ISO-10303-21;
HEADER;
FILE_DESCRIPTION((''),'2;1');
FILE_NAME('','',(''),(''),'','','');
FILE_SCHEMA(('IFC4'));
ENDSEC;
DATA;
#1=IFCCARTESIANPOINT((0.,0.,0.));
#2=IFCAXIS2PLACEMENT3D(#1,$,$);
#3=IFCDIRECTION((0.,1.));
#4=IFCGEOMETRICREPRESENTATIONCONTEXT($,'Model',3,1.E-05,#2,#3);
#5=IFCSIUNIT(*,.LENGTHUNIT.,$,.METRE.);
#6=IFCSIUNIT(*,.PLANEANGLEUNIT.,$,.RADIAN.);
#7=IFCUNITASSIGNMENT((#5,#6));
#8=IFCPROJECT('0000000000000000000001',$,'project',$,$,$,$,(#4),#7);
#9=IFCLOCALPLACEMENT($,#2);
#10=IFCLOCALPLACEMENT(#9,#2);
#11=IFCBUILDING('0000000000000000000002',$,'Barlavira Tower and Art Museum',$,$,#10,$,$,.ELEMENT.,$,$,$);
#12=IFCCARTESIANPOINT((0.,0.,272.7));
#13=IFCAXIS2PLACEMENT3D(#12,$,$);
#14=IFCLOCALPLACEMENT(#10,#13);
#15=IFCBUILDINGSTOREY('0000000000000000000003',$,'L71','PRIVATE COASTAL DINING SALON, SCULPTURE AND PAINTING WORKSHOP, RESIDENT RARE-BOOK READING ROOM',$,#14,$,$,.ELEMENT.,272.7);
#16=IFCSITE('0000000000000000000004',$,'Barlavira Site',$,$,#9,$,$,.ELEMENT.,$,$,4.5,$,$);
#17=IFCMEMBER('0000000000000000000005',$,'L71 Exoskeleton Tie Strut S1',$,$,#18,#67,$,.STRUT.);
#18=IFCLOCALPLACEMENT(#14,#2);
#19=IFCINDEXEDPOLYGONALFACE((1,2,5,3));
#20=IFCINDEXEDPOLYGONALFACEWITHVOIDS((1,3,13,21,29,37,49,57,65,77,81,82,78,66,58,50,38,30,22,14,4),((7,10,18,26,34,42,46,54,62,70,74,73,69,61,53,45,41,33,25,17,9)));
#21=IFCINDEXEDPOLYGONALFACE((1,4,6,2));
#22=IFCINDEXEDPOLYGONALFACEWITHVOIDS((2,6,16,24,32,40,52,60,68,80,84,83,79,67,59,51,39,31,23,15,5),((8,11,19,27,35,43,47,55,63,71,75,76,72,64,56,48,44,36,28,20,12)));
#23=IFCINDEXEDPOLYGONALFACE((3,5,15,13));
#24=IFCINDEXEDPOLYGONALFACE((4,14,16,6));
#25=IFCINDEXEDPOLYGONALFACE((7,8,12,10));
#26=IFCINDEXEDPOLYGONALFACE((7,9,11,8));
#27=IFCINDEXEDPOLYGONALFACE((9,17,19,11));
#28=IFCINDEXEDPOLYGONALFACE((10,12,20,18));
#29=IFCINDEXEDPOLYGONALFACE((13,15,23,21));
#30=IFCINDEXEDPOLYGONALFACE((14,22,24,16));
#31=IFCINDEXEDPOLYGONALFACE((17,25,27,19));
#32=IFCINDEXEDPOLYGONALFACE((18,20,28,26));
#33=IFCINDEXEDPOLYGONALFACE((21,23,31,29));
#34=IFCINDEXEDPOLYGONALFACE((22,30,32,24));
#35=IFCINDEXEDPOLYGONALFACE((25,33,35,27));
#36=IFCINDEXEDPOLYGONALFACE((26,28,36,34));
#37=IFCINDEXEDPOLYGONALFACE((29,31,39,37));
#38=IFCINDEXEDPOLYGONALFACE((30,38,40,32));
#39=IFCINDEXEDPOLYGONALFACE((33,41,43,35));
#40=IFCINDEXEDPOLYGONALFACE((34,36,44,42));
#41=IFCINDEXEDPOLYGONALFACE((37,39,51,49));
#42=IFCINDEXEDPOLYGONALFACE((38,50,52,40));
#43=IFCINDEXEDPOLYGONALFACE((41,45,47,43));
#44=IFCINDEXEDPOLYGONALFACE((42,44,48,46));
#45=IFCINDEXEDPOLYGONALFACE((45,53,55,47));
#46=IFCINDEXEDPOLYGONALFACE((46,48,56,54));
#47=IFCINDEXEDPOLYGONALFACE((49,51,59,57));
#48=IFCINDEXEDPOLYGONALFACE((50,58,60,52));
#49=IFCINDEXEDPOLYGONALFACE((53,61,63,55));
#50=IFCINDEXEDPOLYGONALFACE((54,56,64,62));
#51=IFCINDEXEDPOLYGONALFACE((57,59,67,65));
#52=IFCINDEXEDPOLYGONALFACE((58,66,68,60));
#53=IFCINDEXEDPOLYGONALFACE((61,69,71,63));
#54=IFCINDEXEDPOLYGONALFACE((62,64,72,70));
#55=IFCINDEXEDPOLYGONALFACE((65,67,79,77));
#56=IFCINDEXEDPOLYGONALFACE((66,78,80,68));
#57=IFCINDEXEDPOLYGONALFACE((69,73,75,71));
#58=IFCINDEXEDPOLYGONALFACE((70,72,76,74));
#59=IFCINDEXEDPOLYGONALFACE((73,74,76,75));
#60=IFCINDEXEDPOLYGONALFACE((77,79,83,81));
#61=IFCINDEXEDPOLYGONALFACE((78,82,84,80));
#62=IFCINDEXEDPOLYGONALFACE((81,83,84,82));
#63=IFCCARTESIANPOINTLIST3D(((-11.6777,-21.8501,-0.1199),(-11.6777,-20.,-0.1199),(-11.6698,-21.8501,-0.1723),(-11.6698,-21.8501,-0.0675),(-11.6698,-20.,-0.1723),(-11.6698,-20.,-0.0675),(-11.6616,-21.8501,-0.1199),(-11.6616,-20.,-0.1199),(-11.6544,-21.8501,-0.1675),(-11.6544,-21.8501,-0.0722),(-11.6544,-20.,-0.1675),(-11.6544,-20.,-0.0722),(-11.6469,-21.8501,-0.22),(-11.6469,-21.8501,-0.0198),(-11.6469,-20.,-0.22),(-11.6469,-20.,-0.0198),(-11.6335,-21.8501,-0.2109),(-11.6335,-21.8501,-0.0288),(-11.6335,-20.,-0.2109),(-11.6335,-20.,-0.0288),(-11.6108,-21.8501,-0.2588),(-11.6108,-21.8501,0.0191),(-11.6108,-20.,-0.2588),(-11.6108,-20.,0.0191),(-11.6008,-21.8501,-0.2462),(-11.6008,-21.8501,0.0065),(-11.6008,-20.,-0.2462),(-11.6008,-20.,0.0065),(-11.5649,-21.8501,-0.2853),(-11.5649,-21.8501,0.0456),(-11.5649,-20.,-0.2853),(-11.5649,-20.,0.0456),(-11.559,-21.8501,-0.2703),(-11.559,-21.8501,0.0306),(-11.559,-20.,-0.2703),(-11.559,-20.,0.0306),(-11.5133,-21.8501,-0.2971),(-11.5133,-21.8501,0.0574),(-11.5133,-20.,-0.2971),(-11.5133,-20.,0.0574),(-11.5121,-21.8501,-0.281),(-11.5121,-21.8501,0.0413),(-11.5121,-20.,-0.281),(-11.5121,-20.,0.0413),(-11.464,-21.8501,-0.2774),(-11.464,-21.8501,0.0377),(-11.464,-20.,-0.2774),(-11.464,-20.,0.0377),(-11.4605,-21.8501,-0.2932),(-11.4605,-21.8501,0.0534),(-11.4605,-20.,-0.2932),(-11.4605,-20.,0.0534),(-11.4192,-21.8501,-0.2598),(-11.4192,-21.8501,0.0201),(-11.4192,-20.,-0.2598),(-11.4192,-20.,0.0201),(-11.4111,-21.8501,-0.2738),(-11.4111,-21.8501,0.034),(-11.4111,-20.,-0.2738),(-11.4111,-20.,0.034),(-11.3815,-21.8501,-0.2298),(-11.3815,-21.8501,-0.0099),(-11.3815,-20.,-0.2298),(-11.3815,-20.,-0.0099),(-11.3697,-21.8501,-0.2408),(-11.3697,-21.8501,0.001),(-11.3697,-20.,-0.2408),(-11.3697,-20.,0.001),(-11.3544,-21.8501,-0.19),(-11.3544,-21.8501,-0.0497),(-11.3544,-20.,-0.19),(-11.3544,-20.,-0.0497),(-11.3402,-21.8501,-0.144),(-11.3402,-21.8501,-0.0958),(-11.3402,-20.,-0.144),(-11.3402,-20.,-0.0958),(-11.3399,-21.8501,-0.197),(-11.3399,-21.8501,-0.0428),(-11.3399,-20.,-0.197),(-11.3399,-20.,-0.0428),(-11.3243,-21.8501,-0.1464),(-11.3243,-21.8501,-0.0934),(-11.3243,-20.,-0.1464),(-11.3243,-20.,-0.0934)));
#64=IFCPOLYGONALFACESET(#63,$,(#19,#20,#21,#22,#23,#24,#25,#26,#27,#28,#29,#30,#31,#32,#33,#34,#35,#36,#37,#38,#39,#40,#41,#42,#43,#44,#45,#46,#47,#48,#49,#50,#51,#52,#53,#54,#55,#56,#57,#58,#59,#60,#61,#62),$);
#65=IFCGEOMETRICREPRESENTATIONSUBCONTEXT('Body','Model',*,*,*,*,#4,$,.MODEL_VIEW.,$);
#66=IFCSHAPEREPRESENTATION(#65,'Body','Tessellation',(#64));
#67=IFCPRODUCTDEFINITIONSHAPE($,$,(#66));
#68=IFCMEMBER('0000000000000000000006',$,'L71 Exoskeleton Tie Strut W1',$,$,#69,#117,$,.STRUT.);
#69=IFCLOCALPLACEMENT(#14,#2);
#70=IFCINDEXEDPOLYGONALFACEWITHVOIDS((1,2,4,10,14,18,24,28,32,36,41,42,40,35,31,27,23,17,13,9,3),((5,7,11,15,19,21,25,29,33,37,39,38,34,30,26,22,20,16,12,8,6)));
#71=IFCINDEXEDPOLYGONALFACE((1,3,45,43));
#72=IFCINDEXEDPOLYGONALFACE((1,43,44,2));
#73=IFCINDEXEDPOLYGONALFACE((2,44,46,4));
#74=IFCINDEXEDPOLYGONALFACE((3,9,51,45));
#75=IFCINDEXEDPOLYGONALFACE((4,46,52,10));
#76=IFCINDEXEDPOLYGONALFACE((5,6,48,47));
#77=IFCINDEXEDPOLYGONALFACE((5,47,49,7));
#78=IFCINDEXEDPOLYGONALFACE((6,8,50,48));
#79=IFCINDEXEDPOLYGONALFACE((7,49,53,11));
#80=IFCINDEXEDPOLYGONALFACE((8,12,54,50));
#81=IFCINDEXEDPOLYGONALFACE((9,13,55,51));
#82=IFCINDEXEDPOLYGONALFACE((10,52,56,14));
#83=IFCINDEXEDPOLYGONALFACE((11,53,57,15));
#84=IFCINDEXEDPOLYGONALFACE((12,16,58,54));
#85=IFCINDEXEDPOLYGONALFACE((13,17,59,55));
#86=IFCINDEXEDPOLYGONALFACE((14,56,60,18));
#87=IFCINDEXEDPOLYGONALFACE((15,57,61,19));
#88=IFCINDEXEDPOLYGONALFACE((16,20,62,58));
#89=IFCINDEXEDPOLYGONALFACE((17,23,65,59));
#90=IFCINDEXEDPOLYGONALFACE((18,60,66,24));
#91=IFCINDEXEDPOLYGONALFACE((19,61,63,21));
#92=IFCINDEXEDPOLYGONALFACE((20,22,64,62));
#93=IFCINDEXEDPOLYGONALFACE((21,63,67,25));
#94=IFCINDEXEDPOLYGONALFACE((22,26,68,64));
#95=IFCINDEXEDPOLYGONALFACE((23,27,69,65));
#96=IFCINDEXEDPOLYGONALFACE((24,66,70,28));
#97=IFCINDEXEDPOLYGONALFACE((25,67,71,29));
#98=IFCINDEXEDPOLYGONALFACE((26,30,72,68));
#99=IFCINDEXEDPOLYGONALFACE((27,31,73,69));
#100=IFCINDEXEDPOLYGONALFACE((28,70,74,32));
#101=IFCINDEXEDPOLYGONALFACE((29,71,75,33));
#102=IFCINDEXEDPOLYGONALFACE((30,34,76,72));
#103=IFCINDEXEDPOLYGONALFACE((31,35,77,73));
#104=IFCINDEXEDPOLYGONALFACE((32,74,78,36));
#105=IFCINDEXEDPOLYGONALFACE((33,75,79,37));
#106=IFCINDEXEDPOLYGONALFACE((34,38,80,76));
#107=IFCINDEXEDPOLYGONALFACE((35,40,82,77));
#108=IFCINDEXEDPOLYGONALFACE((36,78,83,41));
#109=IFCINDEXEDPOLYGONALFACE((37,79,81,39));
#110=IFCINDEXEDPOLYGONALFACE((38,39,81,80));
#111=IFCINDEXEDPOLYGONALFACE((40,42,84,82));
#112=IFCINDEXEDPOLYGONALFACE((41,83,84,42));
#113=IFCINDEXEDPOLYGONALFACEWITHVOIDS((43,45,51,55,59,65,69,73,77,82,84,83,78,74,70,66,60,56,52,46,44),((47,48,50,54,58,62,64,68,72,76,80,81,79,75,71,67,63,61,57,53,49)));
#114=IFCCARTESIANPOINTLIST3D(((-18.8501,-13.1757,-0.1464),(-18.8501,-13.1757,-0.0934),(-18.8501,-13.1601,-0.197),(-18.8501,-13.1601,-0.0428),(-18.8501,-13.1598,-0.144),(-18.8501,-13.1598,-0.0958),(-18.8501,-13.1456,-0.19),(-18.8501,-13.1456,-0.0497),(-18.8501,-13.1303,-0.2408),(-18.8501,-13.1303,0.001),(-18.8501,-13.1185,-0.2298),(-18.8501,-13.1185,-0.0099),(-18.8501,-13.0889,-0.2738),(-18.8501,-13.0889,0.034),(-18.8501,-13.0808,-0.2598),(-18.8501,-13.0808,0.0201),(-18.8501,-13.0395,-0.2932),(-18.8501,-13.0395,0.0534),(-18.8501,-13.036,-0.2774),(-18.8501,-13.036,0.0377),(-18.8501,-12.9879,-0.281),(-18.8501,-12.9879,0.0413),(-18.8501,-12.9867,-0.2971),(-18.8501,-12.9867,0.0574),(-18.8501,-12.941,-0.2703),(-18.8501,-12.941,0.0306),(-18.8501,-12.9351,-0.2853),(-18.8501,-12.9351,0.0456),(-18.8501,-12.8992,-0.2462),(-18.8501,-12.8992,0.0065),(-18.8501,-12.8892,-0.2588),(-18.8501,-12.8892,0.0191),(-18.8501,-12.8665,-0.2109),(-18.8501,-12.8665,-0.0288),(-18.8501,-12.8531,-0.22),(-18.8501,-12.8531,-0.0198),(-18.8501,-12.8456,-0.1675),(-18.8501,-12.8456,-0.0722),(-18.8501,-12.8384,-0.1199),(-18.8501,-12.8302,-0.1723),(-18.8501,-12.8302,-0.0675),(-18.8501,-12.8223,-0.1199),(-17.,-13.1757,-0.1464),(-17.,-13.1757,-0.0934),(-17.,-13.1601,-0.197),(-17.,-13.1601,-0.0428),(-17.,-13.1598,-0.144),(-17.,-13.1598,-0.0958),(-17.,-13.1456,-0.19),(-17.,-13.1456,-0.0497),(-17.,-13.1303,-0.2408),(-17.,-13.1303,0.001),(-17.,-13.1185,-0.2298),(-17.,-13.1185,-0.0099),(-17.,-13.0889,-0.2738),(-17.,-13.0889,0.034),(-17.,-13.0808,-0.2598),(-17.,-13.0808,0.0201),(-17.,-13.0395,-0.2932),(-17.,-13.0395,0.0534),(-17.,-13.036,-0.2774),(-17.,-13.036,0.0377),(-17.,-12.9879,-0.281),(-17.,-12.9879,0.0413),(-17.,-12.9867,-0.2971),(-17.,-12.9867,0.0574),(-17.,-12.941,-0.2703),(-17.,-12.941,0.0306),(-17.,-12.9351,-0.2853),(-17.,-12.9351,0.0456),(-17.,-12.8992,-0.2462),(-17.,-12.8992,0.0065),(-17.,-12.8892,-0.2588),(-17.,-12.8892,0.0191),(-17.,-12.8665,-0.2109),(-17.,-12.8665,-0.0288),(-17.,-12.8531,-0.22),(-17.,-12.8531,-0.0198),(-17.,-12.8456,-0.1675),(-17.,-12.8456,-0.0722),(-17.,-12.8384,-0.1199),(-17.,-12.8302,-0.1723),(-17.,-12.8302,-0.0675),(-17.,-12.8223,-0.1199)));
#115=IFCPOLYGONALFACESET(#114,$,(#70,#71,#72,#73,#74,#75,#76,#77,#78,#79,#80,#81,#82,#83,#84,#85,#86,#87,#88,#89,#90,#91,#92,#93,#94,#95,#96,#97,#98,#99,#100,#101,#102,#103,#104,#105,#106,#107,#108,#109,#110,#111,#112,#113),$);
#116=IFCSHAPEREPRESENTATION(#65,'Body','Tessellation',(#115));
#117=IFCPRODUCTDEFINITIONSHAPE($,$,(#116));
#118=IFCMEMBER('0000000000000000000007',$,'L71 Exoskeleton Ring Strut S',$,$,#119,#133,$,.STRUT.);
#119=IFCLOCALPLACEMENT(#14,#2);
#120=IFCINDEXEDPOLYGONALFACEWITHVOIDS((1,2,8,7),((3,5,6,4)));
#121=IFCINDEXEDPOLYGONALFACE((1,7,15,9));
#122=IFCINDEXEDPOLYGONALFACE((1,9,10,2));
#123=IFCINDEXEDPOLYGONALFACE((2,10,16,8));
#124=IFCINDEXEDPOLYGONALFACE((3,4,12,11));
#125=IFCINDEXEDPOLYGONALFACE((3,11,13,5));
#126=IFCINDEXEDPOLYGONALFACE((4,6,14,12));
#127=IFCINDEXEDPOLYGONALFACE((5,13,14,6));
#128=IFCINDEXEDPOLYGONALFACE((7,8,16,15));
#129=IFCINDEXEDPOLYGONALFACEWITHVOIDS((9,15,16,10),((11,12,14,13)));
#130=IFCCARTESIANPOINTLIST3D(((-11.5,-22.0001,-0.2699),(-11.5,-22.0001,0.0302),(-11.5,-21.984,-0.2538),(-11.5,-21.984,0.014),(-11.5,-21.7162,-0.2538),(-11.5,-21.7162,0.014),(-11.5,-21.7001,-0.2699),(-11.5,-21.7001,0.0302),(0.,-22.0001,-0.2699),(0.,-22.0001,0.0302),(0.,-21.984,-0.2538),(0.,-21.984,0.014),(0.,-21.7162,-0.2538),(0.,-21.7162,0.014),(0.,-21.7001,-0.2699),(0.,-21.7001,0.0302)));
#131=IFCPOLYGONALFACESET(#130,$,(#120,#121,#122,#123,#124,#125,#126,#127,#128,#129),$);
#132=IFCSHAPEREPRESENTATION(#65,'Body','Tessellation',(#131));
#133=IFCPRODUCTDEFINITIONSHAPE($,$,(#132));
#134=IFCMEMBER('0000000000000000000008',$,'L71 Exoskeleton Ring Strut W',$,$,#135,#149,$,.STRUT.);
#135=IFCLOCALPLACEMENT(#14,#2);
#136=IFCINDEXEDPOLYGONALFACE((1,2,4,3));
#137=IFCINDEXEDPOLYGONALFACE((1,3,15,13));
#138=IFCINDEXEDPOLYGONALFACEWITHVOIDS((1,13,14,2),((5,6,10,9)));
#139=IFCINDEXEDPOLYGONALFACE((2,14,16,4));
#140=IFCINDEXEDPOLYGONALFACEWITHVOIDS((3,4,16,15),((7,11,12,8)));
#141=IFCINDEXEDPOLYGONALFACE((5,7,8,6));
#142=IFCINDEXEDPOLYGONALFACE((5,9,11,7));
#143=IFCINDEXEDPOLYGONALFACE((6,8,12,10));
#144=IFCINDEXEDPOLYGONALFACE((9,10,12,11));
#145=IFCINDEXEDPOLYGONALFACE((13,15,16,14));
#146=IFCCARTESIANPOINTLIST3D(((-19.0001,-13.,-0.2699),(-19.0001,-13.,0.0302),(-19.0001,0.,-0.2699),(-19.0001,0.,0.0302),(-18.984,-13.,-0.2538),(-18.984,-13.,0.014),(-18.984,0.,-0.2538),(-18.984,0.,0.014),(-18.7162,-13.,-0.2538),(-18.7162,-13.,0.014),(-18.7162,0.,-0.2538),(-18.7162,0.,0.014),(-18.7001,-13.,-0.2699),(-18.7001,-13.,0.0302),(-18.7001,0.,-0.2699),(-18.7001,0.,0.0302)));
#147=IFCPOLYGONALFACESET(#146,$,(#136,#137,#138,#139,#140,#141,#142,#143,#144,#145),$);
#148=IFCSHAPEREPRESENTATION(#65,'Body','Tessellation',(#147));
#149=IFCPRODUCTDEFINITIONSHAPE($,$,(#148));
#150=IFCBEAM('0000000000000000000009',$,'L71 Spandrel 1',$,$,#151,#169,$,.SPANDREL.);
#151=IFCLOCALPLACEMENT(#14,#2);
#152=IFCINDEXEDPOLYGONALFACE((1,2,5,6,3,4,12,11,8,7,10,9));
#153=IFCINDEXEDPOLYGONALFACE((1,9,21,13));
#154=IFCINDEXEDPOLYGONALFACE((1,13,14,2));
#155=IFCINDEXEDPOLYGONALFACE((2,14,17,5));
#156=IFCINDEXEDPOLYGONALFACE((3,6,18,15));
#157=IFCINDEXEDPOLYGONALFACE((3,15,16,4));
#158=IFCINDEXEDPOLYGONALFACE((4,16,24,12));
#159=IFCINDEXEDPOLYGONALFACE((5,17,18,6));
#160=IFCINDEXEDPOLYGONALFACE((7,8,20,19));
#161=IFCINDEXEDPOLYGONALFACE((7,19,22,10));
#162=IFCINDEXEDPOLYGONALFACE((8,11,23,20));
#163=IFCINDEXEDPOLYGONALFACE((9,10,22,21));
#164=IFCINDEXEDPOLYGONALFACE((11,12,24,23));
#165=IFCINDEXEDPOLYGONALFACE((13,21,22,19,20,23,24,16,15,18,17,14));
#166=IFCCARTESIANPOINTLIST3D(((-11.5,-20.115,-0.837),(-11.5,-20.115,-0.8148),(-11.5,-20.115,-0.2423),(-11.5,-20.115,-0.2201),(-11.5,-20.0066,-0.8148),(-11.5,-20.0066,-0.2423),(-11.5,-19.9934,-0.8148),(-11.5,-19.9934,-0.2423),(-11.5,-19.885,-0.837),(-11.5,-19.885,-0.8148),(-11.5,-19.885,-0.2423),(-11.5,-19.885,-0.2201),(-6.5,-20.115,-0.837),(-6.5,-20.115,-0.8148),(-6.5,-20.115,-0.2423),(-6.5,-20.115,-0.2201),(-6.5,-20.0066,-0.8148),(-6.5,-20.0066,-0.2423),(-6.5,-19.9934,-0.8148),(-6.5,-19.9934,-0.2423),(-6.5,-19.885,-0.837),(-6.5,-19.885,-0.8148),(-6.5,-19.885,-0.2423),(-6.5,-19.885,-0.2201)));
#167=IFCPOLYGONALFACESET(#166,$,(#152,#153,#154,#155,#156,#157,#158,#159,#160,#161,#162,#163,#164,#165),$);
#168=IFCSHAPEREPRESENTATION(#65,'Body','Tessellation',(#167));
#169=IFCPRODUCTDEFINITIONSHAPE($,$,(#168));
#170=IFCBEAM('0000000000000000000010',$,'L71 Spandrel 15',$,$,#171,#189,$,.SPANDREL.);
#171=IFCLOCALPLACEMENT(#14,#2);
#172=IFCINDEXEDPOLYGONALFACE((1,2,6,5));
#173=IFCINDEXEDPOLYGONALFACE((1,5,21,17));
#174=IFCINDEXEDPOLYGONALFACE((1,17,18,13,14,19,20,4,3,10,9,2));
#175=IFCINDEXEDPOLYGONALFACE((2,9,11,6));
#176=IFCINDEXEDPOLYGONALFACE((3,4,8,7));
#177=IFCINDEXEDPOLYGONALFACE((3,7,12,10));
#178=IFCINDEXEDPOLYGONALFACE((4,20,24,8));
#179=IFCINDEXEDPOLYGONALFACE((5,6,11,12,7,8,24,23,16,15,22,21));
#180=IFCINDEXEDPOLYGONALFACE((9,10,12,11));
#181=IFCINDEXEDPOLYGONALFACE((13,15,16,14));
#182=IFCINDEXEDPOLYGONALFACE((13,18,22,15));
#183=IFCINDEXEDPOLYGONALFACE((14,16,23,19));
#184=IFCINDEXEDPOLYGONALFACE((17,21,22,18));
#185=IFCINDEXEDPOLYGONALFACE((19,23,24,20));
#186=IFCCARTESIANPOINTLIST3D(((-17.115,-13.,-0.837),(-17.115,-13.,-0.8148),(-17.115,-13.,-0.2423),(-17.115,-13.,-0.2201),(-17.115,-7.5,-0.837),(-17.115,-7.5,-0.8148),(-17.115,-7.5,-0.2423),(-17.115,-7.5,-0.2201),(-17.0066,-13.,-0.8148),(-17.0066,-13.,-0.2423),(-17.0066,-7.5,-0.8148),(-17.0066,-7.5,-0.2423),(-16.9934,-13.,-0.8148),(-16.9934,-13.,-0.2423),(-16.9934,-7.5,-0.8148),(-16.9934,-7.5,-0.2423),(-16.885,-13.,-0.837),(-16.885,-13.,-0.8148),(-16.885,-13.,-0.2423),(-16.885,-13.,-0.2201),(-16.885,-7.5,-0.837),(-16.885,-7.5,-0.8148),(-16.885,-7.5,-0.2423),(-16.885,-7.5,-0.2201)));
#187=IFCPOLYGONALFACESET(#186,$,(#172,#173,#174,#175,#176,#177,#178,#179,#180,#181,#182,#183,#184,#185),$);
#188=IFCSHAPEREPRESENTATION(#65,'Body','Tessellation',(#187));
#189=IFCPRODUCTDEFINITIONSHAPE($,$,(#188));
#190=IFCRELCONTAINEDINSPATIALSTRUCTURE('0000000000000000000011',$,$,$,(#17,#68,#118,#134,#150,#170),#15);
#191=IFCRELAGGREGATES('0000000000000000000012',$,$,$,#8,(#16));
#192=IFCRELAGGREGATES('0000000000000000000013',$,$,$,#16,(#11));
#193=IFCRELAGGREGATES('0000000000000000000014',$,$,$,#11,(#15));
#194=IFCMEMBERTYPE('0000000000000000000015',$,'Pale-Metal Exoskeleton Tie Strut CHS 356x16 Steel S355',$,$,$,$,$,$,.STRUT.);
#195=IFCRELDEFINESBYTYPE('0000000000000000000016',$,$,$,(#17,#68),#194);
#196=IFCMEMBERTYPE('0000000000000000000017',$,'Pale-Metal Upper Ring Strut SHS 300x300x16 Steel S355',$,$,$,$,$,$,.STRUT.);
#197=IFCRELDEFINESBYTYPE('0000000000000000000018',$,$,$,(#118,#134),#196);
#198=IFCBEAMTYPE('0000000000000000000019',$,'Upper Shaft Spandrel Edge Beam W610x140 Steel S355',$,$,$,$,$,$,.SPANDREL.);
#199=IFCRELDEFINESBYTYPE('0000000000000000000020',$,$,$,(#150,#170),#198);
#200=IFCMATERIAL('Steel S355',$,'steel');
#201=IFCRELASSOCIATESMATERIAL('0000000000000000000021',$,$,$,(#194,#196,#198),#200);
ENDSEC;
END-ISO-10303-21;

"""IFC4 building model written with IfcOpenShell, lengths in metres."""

from ifc_helpers import new_model, si_unit, direction, frame, origin, origin_2d, place, context, subcontext, project, spatial, hollow_rectangle, hollow_circle, i_section, extrude, material, material_profile, profile_set, type_object, element, save


model = new_model("IFC4")

# Units and contexts
model_context = context("Model", 3, precision=1e-05, world=origin(), true_north=direction((0.0, 1.0)))
body_context = subcontext(model_context, "Body", "Model", "MODEL_VIEW")
ifc_project = project(units=[si_unit("LENGTHUNIT", "METRE"), si_unit("PLANEANGLEUNIT", "RADIAN")], contexts=[model_context])

# Site, building, storey
site_placement = place(None, origin())
site = spatial("IfcSite", under=ifc_project, at=site_placement, Name="Barlavira Site", CompositionType="ELEMENT", RefElevation=4.5)
building_placement = place(site_placement, origin())
building = spatial("IfcBuilding", under=site, at=building_placement, Name="Barlavira Tower and Art Museum", CompositionType="ELEMENT")
storey_placement = place(building_placement, frame((0.0, 0.0, 272.7)))
storey = spatial("IfcBuildingStorey", under=building, at=storey_placement, Name="L71", Description="PRIVATE COASTAL DINING SALON, SCULPTURE AND PAINTING WORKSHOP, RESIDENT RARE-BOOK READING ROOM", CompositionType="ELEMENT", Elevation=272.7)

# Members
ifc_material_1 = material(Name="Steel S355", Category="steel")
ifc_material_profile_1 = material_profile(ifc_material_1, hollow_circle(Radius=0.1777, WallThickness=0.0161, at=origin_2d()), Name="CHS 355.6x16.0")
ifc_profile_set_1 = profile_set([ifc_material_profile_1], Name="Steel S355")
member_type_1 = type_object("IfcMemberType", Name="Pale-Metal Exoskeleton Tie Strut CHS 356x16 Steel S355", PredefinedType="STRUT", material=ifc_profile_set_1)
for number, where, z_axis, x_axis, name in (
    (1, (-11.5, -21.8501, -0.1199), (0.0, 1.0, 0.0), (-1.0, 0.0, 0.0), "L71 Exoskeleton Tie Strut S1"),
    (2, (-18.8501, -13.0, -0.1199), (1.0, 0.0, 0.0), (0.0, 1.0, 0.0), "L71 Exoskeleton Tie Strut W1"),
):
    element("IfcMember", number, at=place(storey_placement, frame(where, z_axis=z_axis, x_axis=x_axis)), inside=storey, type_object=member_type_1, Name=name, PredefinedType="STRUT", context=body_context, shape_type="SweptSolid", body=[
        extrude(hollow_circle(Radius=0.1777, WallThickness=0.0161, at=origin_2d()), origin(), (0.0, 0.0, 1.0), 1.8501),
    ])
ifc_material_profile_2 = material_profile(ifc_material_1, hollow_rectangle(XDim=0.3, YDim=0.3, WallThickness=0.0161, at=origin_2d()), Name="SHS 300x300x16.0")
ifc_profile_set_2 = profile_set([ifc_material_profile_2], Name="Steel S355")
member_type_2 = type_object("IfcMemberType", Name="Pale-Metal Upper Ring Strut SHS 300x300x16 Steel S355", PredefinedType="STRUT", material=ifc_profile_set_2)
member_1_placement = place(storey_placement, frame((-11.5, -21.8501, -0.1199), z_axis=(1.0, 0.0, 0.0), x_axis=(0.0, 1.0, 0.0)))
element("IfcMember", 3, at=member_1_placement, inside=storey, type_object=member_type_2, Name="L71 Exoskeleton Ring Strut S", PredefinedType="STRUT", context=body_context, shape_type="SweptSolid", body=[
    extrude(hollow_rectangle(XDim=0.3, YDim=0.3, WallThickness=0.0161, at=origin_2d()), origin(), (0.0, 0.0, 1.0), 11.5),
])
member_2_placement = place(storey_placement, frame((-18.8501, -13.0, -0.1199), z_axis=(0.0, 1.0, 0.0), x_axis=(-1.0, 0.0, 0.0)))
element("IfcMember", 4, at=member_2_placement, inside=storey, type_object=member_type_2, Name="L71 Exoskeleton Ring Strut W", PredefinedType="STRUT", context=body_context, shape_type="SweptSolid", body=[
    extrude(hollow_rectangle(XDim=0.3, YDim=0.3, WallThickness=0.0161, at=origin_2d()), origin(), (0.0, 0.0, 1.0), 13.0),
])

# Beams
ifc_material_profile_3 = material_profile(ifc_material_1, i_section(OverallWidth=0.23, OverallDepth=0.6169, WebThickness=0.0132, FlangeThickness=0.0222, at=origin_2d()), Name="W610x140.0")
ifc_profile_set_3 = profile_set([ifc_material_profile_3], Name="Steel S355")
beam_type_1 = type_object("IfcBeamType", Name="Upper Shaft Spandrel Edge Beam W610x140 Steel S355", PredefinedType="SPANDREL", material=ifc_profile_set_3)
beam_1_placement = place(storey_placement, frame((-11.5, -20.0, -0.5286), z_axis=(1.0, 0.0, 0.0), x_axis=(0.0, 1.0, 0.0)))
element("IfcBeam", 5, at=beam_1_placement, inside=storey, type_object=beam_type_1, Name="L71 Spandrel 1", PredefinedType="SPANDREL", context=body_context, shape_type="SweptSolid", body=[
    extrude(i_section(OverallWidth=0.23, OverallDepth=0.6169, WebThickness=0.0132, FlangeThickness=0.0222, at=origin_2d()), origin(), (0.0, 0.0, 1.0), 5.0),
])
beam_2_placement = place(storey_placement, frame((-17.0, -13.0, -0.5286), z_axis=(0.0, 1.0, 0.0), x_axis=(-1.0, 0.0, 0.0)))
element("IfcBeam", 6, at=beam_2_placement, inside=storey, type_object=beam_type_1, Name="L71 Spandrel 15", PredefinedType="SPANDREL", context=body_context, shape_type="SweptSolid", body=[
    extrude(i_section(OverallWidth=0.23, OverallDepth=0.6169, WebThickness=0.0132, FlangeThickness=0.0222, at=origin_2d()), origin(), (0.0, 0.0, 1.0), 5.5),
])

save(model, "model.ifc")
